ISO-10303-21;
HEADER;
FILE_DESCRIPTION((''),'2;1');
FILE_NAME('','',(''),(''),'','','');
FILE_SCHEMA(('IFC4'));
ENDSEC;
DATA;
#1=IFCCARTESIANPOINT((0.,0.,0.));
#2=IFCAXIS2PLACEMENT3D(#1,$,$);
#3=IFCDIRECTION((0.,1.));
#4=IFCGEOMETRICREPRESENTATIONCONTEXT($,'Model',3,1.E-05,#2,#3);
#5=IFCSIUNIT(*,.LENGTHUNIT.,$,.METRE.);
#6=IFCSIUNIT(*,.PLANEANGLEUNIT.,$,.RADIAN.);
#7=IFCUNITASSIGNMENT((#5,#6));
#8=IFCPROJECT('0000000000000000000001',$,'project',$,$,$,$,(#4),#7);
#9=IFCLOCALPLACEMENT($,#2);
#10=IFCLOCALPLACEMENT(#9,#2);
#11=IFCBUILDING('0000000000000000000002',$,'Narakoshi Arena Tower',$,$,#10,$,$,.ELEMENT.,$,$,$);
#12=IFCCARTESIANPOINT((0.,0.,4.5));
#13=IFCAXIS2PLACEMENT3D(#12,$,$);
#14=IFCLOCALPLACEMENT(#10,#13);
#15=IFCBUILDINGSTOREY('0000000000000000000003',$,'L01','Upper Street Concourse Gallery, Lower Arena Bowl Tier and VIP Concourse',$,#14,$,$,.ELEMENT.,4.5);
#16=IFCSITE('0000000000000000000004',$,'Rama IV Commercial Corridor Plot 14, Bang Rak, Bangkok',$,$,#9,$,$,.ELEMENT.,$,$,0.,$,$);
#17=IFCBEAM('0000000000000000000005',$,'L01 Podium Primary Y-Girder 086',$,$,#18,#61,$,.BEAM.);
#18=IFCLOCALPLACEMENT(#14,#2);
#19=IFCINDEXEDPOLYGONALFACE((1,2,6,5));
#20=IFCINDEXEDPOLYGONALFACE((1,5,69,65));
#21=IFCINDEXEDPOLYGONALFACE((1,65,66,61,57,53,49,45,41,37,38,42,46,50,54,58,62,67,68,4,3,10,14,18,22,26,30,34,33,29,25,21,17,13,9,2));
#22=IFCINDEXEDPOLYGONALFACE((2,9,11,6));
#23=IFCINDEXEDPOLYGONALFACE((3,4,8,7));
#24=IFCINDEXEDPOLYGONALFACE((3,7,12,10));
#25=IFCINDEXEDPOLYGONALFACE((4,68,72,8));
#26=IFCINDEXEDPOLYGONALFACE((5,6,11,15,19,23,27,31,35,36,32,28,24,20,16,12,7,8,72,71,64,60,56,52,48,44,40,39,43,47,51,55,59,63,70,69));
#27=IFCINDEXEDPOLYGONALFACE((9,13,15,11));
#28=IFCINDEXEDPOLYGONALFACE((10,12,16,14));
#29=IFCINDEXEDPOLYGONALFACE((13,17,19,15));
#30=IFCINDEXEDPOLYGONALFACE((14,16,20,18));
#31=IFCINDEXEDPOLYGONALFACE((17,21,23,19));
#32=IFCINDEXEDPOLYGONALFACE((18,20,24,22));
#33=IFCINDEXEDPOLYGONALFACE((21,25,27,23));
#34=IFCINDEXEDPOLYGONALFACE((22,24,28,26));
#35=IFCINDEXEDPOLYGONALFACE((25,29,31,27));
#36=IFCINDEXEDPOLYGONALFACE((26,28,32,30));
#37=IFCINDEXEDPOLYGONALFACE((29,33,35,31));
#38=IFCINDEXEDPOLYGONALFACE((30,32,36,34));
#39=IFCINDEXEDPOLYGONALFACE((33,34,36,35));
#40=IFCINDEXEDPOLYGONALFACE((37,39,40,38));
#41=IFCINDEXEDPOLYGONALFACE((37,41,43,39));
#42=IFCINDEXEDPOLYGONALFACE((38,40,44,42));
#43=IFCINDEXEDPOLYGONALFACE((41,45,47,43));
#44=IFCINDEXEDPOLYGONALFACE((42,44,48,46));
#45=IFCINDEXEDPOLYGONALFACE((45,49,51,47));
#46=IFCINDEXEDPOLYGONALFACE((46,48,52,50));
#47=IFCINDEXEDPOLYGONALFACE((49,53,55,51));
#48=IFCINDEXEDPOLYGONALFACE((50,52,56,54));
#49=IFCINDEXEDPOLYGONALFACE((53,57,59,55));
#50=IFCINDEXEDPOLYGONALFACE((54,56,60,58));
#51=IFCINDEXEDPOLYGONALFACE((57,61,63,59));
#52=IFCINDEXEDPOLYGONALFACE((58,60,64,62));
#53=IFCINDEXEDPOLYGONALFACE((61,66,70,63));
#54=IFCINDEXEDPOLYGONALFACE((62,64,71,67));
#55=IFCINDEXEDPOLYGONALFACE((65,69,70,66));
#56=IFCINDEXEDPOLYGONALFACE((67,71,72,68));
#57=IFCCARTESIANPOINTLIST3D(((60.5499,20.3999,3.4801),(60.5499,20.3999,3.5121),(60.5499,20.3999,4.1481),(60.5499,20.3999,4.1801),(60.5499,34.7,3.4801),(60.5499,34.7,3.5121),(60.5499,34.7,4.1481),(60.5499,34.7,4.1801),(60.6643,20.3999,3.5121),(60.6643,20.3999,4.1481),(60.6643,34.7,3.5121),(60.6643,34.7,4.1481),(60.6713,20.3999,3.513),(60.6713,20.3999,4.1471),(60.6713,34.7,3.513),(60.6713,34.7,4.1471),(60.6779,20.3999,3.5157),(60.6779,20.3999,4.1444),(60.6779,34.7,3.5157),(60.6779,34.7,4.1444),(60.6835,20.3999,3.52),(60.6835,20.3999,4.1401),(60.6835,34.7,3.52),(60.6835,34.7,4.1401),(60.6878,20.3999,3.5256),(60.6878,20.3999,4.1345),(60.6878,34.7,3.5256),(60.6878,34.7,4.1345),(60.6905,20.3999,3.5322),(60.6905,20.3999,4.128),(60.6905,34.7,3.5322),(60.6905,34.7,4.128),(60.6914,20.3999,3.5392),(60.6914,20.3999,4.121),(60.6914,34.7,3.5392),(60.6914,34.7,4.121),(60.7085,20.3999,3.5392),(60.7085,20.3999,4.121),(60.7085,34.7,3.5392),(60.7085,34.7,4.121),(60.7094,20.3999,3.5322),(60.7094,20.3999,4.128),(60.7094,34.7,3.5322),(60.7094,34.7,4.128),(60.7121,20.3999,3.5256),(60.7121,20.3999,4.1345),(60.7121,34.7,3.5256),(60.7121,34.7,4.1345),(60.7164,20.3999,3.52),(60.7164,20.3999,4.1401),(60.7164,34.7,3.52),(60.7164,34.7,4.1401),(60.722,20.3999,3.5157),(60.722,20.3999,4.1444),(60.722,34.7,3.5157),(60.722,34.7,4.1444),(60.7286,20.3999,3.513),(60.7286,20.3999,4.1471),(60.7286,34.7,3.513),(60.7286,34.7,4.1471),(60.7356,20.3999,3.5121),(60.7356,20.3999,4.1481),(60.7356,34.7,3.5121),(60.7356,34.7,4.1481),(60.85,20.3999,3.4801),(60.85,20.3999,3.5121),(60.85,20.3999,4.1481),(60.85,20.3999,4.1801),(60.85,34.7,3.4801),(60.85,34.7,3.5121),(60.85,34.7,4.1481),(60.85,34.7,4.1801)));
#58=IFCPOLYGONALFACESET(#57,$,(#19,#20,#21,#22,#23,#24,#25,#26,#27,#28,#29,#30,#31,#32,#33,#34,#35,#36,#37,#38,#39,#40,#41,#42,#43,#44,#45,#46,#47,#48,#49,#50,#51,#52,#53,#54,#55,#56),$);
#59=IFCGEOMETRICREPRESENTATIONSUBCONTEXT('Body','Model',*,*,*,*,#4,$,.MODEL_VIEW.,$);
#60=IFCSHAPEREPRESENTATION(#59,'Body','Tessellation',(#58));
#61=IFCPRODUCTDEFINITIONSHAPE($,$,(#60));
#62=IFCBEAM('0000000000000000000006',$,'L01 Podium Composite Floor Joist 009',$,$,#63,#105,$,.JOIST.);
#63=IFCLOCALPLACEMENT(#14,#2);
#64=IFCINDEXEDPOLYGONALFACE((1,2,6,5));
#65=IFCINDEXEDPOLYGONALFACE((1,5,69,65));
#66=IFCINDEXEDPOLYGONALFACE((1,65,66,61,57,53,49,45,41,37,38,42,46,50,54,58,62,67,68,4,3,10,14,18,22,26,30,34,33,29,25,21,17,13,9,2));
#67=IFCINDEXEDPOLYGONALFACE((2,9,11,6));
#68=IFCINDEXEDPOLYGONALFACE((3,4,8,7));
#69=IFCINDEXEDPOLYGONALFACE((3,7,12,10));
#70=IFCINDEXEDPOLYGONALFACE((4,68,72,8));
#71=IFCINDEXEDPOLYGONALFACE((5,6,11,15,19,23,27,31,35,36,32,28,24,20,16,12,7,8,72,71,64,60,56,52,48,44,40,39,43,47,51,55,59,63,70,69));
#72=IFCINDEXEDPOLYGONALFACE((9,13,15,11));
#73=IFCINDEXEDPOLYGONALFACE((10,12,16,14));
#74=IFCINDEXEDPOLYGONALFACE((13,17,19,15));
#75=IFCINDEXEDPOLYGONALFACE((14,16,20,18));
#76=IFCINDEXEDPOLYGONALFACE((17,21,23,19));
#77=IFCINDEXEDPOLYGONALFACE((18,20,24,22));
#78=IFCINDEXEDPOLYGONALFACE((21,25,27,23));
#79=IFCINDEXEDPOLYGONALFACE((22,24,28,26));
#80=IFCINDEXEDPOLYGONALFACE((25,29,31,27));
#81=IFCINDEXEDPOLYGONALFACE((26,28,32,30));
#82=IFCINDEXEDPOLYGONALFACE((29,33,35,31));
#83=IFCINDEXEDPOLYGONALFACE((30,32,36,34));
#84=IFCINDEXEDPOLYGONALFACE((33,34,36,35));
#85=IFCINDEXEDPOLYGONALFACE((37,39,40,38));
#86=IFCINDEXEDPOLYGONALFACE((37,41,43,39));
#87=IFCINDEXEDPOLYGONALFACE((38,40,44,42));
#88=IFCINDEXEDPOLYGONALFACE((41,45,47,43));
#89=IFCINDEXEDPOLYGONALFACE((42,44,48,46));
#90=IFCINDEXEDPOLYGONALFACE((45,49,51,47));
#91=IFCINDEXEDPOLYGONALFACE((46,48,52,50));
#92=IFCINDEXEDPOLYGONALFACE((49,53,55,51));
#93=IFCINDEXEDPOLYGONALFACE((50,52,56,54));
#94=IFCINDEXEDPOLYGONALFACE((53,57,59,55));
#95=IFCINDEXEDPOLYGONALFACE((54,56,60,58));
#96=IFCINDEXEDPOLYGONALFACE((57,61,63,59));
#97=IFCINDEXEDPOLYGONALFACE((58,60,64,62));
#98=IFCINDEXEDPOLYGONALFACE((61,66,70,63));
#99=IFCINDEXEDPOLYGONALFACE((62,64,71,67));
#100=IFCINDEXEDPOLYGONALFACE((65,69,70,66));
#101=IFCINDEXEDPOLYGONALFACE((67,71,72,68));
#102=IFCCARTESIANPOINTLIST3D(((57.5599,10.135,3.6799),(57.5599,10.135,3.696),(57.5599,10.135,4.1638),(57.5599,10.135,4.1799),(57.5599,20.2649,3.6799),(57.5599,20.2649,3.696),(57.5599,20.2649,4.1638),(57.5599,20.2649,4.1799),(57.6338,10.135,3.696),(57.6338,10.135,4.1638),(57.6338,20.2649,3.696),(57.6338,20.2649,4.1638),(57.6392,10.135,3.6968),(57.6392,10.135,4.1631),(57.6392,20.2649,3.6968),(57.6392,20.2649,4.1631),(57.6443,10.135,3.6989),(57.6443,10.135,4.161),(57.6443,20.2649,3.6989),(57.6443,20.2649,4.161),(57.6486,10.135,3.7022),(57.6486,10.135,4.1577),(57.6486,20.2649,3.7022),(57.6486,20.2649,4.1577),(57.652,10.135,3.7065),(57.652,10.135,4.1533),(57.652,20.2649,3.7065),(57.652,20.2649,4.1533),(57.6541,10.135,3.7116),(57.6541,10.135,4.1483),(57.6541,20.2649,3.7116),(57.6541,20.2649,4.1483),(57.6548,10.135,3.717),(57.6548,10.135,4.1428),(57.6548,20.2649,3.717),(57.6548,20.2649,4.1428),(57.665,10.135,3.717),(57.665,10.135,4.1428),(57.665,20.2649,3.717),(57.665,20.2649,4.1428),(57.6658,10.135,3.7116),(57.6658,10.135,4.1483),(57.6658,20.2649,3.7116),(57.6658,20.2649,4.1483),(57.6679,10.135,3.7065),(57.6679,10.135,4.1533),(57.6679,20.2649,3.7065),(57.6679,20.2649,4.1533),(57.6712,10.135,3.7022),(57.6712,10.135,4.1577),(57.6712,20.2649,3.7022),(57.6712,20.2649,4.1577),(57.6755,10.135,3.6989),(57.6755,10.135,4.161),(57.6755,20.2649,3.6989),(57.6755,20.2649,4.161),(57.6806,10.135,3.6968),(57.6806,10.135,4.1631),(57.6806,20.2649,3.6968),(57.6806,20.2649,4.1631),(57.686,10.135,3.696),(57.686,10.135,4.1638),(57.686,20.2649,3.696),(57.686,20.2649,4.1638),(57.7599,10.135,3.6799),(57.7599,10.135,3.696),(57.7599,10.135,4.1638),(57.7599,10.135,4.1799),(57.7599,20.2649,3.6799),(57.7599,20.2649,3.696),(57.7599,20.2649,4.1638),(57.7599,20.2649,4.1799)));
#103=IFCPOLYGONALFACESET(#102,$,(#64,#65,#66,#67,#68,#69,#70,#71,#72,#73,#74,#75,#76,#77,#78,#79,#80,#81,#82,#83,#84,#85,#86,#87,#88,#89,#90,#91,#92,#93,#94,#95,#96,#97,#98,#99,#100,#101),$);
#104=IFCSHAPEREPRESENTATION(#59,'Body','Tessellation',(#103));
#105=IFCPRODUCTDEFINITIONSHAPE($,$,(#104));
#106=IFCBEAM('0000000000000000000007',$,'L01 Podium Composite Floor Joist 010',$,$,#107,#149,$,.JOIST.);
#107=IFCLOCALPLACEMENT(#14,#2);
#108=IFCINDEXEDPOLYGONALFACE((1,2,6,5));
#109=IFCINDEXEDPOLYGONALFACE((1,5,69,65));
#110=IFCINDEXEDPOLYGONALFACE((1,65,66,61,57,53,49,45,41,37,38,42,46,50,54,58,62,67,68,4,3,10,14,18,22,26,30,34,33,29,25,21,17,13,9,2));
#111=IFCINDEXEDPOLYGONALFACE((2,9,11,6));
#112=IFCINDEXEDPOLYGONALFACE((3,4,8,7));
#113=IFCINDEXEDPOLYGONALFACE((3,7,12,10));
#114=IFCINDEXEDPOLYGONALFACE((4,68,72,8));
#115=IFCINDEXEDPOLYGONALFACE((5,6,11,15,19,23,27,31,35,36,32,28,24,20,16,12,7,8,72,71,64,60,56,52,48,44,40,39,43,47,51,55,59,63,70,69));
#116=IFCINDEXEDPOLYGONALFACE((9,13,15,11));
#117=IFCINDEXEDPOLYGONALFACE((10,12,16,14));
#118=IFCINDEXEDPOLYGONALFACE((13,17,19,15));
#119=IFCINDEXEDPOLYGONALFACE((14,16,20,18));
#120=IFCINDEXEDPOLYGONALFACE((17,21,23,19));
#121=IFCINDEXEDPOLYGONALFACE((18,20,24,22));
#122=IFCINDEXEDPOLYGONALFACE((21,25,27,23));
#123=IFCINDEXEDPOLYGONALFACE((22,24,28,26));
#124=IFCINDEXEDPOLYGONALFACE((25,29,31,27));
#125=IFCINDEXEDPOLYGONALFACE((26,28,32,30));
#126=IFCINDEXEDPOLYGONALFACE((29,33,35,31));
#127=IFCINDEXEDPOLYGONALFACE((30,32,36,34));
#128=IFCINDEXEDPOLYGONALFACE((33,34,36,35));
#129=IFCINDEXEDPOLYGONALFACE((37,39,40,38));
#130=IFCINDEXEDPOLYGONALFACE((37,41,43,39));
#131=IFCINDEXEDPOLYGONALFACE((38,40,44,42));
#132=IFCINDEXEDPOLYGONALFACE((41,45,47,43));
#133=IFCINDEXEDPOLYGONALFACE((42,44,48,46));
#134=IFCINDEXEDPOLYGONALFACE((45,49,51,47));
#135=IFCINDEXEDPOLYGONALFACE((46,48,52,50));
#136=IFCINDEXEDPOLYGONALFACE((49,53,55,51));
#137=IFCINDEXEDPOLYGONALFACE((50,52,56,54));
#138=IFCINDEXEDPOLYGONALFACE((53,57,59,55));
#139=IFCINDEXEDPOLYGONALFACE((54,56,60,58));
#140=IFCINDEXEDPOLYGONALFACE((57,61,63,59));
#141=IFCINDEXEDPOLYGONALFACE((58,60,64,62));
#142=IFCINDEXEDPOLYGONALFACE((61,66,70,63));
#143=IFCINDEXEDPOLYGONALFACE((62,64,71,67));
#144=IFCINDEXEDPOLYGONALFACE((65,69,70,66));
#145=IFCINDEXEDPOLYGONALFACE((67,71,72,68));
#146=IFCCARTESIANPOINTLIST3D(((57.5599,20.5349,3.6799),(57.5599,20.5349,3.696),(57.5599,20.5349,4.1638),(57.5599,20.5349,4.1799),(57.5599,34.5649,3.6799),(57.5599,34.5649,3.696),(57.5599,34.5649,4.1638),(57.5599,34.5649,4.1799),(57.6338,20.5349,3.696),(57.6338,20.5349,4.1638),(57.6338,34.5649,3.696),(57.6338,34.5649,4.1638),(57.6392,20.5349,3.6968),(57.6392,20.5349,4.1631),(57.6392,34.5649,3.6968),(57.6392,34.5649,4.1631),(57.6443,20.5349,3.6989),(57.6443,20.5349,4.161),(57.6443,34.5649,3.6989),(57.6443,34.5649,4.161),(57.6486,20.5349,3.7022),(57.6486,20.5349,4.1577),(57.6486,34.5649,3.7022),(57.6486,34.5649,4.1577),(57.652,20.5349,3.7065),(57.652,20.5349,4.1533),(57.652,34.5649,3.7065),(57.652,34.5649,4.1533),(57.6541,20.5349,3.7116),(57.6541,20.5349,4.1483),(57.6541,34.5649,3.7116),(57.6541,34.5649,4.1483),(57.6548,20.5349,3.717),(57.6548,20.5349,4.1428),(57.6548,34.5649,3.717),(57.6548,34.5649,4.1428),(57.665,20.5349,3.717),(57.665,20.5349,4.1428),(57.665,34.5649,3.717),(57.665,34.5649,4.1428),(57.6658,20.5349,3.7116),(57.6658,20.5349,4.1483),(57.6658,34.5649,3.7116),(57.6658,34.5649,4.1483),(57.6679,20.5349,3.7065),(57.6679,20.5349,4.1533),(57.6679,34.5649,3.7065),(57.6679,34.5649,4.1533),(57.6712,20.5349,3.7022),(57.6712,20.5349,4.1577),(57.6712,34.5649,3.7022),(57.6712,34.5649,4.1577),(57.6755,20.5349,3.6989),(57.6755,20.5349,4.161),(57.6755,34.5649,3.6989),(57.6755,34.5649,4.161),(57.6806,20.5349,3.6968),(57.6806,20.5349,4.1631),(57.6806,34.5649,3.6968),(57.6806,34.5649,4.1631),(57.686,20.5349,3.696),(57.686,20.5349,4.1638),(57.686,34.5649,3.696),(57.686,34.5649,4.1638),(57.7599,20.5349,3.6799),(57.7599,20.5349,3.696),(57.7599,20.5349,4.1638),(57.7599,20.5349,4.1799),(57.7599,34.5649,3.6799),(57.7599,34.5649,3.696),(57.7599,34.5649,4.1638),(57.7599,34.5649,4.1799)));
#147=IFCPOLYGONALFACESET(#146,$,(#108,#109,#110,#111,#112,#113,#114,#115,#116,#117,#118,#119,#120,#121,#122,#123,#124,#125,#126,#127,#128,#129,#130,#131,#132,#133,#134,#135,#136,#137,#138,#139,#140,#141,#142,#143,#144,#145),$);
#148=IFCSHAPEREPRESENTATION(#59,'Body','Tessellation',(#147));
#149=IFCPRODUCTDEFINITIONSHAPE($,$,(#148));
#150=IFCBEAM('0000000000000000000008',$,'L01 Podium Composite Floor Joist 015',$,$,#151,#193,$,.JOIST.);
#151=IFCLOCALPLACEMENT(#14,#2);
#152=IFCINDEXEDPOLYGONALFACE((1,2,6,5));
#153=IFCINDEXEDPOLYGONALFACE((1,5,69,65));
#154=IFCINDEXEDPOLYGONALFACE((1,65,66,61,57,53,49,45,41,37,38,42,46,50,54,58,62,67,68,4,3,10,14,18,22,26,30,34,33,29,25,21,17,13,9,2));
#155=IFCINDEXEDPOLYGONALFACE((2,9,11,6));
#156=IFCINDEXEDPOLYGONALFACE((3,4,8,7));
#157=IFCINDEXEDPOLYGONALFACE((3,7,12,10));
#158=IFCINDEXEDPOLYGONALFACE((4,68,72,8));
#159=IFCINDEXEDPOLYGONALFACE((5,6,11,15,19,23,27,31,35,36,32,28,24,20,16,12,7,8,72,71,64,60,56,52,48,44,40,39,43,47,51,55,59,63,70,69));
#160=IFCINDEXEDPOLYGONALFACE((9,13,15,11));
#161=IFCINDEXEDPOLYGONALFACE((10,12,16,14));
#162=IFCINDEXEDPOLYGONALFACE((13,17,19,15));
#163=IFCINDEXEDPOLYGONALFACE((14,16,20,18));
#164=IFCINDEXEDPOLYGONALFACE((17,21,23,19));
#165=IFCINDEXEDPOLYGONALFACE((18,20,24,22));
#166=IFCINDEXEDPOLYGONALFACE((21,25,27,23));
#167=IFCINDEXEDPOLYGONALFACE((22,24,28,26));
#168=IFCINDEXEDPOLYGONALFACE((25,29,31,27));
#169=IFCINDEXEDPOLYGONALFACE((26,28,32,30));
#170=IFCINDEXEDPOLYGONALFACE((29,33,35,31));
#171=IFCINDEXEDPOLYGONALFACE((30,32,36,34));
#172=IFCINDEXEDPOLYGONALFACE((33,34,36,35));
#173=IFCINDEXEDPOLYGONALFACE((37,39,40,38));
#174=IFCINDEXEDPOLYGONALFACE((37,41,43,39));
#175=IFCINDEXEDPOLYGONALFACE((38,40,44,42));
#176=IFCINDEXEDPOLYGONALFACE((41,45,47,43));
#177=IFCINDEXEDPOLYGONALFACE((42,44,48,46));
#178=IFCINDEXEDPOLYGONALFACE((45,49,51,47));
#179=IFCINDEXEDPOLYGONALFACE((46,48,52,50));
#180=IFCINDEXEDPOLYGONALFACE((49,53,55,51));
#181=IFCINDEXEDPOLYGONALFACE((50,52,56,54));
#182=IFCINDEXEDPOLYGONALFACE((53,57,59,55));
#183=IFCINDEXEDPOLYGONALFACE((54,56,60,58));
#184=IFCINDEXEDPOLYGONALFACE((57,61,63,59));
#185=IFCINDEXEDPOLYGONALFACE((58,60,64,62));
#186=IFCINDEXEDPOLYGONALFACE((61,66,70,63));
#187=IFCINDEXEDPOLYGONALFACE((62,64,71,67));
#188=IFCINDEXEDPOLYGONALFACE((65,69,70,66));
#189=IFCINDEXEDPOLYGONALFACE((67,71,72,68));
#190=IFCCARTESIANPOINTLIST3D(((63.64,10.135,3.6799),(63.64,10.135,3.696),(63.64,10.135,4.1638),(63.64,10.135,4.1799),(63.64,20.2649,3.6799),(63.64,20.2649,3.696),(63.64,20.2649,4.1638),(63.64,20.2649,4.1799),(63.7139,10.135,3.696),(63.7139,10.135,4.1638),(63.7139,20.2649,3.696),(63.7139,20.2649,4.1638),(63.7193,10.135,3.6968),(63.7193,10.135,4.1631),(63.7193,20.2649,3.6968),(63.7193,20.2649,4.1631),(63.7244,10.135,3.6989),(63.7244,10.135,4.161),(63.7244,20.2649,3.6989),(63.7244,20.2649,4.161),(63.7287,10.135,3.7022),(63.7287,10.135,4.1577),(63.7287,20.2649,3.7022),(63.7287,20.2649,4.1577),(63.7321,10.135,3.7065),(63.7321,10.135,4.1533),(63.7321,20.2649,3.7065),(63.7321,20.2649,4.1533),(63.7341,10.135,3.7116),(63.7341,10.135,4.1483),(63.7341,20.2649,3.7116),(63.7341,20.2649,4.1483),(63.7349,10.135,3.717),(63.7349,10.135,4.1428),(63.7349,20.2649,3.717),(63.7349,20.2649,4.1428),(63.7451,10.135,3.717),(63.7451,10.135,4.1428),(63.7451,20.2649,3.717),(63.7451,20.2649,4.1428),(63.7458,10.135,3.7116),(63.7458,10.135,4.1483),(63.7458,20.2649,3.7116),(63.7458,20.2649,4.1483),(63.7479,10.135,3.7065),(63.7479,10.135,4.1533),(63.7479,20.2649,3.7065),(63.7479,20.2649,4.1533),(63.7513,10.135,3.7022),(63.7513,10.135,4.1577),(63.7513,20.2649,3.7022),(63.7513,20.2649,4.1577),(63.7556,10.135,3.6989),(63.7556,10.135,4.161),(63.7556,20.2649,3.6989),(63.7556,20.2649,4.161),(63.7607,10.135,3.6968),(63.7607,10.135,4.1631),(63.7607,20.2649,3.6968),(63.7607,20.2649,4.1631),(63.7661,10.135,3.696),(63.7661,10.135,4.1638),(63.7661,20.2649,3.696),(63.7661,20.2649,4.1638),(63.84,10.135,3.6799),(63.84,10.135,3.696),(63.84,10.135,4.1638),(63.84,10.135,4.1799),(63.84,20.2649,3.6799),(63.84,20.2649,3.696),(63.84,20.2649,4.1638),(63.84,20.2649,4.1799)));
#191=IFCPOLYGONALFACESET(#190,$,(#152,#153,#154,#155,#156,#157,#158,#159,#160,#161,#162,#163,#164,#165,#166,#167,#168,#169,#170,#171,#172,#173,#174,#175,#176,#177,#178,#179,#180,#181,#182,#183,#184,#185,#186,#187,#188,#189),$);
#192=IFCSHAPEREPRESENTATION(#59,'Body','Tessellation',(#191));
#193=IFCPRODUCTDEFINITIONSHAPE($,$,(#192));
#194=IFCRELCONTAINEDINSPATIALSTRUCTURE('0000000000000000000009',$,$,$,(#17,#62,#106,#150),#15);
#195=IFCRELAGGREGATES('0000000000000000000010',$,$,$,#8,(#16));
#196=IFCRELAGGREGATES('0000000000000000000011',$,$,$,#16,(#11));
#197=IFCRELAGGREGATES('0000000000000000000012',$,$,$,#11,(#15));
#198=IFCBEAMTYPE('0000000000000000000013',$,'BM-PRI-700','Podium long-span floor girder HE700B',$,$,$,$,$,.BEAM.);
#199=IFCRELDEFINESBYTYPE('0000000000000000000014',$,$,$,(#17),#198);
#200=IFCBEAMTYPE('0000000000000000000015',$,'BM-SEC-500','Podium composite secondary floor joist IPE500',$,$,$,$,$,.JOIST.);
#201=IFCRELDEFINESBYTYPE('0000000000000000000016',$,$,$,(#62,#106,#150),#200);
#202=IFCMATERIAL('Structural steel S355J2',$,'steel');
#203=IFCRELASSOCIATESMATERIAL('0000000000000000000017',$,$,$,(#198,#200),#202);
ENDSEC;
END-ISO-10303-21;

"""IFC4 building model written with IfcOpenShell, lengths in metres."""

from ifc_helpers import new_model, si_unit, direction, frame, origin, origin_2d, place, context, subcontext, project, spatial, i_section, extrude, material, material_profile, profile_set, type_object, element, save


model = new_model("IFC4")

# Units and contexts
model_context = context("Model", 3, precision=1e-05, world=origin(), true_north=direction((0.0, 1.0)))
body_context = subcontext(model_context, "Body", "Model", "MODEL_VIEW")
ifc_project = project(units=[si_unit("LENGTHUNIT", "METRE"), si_unit("PLANEANGLEUNIT", "RADIAN")], contexts=[model_context])

# Site, building, storey
site_placement = place(None, origin())
site = spatial("IfcSite", under=ifc_project, at=site_placement, Name="Rama IV Commercial Corridor Plot 14, Bang Rak, Bangkok", CompositionType="ELEMENT", RefElevation=0.0)
building_placement = place(site_placement, origin())
building = spatial("IfcBuilding", under=site, at=building_placement, Name="Narakoshi Arena Tower", CompositionType="ELEMENT")
storey_placement = place(building_placement, frame((0.0, 0.0, 4.5)))
storey = spatial("IfcBuildingStorey", under=building, at=storey_placement, Name="L01", Description="Upper Street Concourse Gallery, Lower Arena Bowl Tier and VIP Concourse", CompositionType="ELEMENT", Elevation=4.5)

# Beams
ifc_material_1 = material(Name="Structural steel S355J2", Category="steel")
ifc_material_profile_1 = material_profile(ifc_material_1, i_section(OverallWidth=0.3, OverallDepth=0.7, WebThickness=0.0171, FlangeThickness=0.032, FilletRadius=0.0271, at=origin_2d()), Name="HE700B")
ifc_profile_set_1 = profile_set([ifc_material_profile_1], Name="Structural steel S355J2")
beam_type_1 = type_object("IfcBeamType", Name="BM-PRI-700", Description="Podium long-span floor girder HE700B", PredefinedType="BEAM", material=ifc_profile_set_1)
beam_1_placement = place(storey_placement, frame((60.7, 20.3999, 3.8301), z_axis=(0.0, 1.0, 0.0), x_axis=(-1.0, 0.0, 0.0)))
element("IfcBeam", 1, at=beam_1_placement, inside=storey, type_object=beam_type_1, Name="L01 Podium Primary Y-Girder 086", PredefinedType="BEAM", context=body_context, shape_type="SweptSolid", body=[
    extrude(i_section(OverallWidth=0.3, OverallDepth=0.7, WebThickness=0.0171, FlangeThickness=0.032, FilletRadius=0.0271, at=origin_2d()), origin(), (0.0, 0.0, 1.0), 14.3),
])
ifc_material_profile_2 = material_profile(ifc_material_1, i_section(OverallWidth=0.2, OverallDepth=0.5, WebThickness=0.0103, FlangeThickness=0.0161, FilletRadius=0.021, at=origin_2d()), Name="IPE500")
ifc_profile_set_2 = profile_set([ifc_material_profile_2], Name="Structural steel S355J2")
beam_type_2 = type_object("IfcBeamType", Name="BM-SEC-500", Description="Podium composite secondary floor joist IPE500", PredefinedType="JOIST", material=ifc_profile_set_2)
beam_2_placement = place(storey_placement, frame((57.6599, 10.135, 3.9299), z_axis=(0.0, 1.0, 0.0), x_axis=(-1.0, 0.0, 0.0)))
element("IfcBeam", 2, at=beam_2_placement, inside=storey, type_object=beam_type_2, Name="L01 Podium Composite Floor Joist 009", PredefinedType="JOIST", context=body_context, shape_type="SweptSolid", body=[
    extrude(i_section(OverallWidth=0.2, OverallDepth=0.5, WebThickness=0.0103, FlangeThickness=0.0161, FilletRadius=0.021, at=origin_2d()), origin(), (0.0, 0.0, 1.0), 10.1299),
])
beam_3_placement = place(storey_placement, frame((57.6599, 20.5349, 3.9299), z_axis=(0.0, 1.0, 0.0), x_axis=(-1.0, 0.0, 0.0)))
element("IfcBeam", 3, at=beam_3_placement, inside=storey, type_object=beam_type_2, Name="L01 Podium Composite Floor Joist 010", PredefinedType="JOIST", context=body_context, shape_type="SweptSolid", body=[
    extrude(i_section(OverallWidth=0.2, OverallDepth=0.5, WebThickness=0.0103, FlangeThickness=0.0161, FilletRadius=0.021, at=origin_2d()), origin(), (0.0, 0.0, 1.0), 14.03),
])
beam_4_placement = place(storey_placement, frame((63.74, 10.135, 3.9299), z_axis=(0.0, 1.0, 0.0), x_axis=(-1.0, 0.0, 0.0)))
element("IfcBeam", 4, at=beam_4_placement, inside=storey, type_object=beam_type_2, Name="L01 Podium Composite Floor Joist 015", PredefinedType="JOIST", context=body_context, shape_type="SweptSolid", body=[
    extrude(i_section(OverallWidth=0.2, OverallDepth=0.5, WebThickness=0.0103, FlangeThickness=0.0161, FilletRadius=0.021, at=origin_2d()), origin(), (0.0, 0.0, 1.0), 10.1299),
])

save(model, "model.ifc")
